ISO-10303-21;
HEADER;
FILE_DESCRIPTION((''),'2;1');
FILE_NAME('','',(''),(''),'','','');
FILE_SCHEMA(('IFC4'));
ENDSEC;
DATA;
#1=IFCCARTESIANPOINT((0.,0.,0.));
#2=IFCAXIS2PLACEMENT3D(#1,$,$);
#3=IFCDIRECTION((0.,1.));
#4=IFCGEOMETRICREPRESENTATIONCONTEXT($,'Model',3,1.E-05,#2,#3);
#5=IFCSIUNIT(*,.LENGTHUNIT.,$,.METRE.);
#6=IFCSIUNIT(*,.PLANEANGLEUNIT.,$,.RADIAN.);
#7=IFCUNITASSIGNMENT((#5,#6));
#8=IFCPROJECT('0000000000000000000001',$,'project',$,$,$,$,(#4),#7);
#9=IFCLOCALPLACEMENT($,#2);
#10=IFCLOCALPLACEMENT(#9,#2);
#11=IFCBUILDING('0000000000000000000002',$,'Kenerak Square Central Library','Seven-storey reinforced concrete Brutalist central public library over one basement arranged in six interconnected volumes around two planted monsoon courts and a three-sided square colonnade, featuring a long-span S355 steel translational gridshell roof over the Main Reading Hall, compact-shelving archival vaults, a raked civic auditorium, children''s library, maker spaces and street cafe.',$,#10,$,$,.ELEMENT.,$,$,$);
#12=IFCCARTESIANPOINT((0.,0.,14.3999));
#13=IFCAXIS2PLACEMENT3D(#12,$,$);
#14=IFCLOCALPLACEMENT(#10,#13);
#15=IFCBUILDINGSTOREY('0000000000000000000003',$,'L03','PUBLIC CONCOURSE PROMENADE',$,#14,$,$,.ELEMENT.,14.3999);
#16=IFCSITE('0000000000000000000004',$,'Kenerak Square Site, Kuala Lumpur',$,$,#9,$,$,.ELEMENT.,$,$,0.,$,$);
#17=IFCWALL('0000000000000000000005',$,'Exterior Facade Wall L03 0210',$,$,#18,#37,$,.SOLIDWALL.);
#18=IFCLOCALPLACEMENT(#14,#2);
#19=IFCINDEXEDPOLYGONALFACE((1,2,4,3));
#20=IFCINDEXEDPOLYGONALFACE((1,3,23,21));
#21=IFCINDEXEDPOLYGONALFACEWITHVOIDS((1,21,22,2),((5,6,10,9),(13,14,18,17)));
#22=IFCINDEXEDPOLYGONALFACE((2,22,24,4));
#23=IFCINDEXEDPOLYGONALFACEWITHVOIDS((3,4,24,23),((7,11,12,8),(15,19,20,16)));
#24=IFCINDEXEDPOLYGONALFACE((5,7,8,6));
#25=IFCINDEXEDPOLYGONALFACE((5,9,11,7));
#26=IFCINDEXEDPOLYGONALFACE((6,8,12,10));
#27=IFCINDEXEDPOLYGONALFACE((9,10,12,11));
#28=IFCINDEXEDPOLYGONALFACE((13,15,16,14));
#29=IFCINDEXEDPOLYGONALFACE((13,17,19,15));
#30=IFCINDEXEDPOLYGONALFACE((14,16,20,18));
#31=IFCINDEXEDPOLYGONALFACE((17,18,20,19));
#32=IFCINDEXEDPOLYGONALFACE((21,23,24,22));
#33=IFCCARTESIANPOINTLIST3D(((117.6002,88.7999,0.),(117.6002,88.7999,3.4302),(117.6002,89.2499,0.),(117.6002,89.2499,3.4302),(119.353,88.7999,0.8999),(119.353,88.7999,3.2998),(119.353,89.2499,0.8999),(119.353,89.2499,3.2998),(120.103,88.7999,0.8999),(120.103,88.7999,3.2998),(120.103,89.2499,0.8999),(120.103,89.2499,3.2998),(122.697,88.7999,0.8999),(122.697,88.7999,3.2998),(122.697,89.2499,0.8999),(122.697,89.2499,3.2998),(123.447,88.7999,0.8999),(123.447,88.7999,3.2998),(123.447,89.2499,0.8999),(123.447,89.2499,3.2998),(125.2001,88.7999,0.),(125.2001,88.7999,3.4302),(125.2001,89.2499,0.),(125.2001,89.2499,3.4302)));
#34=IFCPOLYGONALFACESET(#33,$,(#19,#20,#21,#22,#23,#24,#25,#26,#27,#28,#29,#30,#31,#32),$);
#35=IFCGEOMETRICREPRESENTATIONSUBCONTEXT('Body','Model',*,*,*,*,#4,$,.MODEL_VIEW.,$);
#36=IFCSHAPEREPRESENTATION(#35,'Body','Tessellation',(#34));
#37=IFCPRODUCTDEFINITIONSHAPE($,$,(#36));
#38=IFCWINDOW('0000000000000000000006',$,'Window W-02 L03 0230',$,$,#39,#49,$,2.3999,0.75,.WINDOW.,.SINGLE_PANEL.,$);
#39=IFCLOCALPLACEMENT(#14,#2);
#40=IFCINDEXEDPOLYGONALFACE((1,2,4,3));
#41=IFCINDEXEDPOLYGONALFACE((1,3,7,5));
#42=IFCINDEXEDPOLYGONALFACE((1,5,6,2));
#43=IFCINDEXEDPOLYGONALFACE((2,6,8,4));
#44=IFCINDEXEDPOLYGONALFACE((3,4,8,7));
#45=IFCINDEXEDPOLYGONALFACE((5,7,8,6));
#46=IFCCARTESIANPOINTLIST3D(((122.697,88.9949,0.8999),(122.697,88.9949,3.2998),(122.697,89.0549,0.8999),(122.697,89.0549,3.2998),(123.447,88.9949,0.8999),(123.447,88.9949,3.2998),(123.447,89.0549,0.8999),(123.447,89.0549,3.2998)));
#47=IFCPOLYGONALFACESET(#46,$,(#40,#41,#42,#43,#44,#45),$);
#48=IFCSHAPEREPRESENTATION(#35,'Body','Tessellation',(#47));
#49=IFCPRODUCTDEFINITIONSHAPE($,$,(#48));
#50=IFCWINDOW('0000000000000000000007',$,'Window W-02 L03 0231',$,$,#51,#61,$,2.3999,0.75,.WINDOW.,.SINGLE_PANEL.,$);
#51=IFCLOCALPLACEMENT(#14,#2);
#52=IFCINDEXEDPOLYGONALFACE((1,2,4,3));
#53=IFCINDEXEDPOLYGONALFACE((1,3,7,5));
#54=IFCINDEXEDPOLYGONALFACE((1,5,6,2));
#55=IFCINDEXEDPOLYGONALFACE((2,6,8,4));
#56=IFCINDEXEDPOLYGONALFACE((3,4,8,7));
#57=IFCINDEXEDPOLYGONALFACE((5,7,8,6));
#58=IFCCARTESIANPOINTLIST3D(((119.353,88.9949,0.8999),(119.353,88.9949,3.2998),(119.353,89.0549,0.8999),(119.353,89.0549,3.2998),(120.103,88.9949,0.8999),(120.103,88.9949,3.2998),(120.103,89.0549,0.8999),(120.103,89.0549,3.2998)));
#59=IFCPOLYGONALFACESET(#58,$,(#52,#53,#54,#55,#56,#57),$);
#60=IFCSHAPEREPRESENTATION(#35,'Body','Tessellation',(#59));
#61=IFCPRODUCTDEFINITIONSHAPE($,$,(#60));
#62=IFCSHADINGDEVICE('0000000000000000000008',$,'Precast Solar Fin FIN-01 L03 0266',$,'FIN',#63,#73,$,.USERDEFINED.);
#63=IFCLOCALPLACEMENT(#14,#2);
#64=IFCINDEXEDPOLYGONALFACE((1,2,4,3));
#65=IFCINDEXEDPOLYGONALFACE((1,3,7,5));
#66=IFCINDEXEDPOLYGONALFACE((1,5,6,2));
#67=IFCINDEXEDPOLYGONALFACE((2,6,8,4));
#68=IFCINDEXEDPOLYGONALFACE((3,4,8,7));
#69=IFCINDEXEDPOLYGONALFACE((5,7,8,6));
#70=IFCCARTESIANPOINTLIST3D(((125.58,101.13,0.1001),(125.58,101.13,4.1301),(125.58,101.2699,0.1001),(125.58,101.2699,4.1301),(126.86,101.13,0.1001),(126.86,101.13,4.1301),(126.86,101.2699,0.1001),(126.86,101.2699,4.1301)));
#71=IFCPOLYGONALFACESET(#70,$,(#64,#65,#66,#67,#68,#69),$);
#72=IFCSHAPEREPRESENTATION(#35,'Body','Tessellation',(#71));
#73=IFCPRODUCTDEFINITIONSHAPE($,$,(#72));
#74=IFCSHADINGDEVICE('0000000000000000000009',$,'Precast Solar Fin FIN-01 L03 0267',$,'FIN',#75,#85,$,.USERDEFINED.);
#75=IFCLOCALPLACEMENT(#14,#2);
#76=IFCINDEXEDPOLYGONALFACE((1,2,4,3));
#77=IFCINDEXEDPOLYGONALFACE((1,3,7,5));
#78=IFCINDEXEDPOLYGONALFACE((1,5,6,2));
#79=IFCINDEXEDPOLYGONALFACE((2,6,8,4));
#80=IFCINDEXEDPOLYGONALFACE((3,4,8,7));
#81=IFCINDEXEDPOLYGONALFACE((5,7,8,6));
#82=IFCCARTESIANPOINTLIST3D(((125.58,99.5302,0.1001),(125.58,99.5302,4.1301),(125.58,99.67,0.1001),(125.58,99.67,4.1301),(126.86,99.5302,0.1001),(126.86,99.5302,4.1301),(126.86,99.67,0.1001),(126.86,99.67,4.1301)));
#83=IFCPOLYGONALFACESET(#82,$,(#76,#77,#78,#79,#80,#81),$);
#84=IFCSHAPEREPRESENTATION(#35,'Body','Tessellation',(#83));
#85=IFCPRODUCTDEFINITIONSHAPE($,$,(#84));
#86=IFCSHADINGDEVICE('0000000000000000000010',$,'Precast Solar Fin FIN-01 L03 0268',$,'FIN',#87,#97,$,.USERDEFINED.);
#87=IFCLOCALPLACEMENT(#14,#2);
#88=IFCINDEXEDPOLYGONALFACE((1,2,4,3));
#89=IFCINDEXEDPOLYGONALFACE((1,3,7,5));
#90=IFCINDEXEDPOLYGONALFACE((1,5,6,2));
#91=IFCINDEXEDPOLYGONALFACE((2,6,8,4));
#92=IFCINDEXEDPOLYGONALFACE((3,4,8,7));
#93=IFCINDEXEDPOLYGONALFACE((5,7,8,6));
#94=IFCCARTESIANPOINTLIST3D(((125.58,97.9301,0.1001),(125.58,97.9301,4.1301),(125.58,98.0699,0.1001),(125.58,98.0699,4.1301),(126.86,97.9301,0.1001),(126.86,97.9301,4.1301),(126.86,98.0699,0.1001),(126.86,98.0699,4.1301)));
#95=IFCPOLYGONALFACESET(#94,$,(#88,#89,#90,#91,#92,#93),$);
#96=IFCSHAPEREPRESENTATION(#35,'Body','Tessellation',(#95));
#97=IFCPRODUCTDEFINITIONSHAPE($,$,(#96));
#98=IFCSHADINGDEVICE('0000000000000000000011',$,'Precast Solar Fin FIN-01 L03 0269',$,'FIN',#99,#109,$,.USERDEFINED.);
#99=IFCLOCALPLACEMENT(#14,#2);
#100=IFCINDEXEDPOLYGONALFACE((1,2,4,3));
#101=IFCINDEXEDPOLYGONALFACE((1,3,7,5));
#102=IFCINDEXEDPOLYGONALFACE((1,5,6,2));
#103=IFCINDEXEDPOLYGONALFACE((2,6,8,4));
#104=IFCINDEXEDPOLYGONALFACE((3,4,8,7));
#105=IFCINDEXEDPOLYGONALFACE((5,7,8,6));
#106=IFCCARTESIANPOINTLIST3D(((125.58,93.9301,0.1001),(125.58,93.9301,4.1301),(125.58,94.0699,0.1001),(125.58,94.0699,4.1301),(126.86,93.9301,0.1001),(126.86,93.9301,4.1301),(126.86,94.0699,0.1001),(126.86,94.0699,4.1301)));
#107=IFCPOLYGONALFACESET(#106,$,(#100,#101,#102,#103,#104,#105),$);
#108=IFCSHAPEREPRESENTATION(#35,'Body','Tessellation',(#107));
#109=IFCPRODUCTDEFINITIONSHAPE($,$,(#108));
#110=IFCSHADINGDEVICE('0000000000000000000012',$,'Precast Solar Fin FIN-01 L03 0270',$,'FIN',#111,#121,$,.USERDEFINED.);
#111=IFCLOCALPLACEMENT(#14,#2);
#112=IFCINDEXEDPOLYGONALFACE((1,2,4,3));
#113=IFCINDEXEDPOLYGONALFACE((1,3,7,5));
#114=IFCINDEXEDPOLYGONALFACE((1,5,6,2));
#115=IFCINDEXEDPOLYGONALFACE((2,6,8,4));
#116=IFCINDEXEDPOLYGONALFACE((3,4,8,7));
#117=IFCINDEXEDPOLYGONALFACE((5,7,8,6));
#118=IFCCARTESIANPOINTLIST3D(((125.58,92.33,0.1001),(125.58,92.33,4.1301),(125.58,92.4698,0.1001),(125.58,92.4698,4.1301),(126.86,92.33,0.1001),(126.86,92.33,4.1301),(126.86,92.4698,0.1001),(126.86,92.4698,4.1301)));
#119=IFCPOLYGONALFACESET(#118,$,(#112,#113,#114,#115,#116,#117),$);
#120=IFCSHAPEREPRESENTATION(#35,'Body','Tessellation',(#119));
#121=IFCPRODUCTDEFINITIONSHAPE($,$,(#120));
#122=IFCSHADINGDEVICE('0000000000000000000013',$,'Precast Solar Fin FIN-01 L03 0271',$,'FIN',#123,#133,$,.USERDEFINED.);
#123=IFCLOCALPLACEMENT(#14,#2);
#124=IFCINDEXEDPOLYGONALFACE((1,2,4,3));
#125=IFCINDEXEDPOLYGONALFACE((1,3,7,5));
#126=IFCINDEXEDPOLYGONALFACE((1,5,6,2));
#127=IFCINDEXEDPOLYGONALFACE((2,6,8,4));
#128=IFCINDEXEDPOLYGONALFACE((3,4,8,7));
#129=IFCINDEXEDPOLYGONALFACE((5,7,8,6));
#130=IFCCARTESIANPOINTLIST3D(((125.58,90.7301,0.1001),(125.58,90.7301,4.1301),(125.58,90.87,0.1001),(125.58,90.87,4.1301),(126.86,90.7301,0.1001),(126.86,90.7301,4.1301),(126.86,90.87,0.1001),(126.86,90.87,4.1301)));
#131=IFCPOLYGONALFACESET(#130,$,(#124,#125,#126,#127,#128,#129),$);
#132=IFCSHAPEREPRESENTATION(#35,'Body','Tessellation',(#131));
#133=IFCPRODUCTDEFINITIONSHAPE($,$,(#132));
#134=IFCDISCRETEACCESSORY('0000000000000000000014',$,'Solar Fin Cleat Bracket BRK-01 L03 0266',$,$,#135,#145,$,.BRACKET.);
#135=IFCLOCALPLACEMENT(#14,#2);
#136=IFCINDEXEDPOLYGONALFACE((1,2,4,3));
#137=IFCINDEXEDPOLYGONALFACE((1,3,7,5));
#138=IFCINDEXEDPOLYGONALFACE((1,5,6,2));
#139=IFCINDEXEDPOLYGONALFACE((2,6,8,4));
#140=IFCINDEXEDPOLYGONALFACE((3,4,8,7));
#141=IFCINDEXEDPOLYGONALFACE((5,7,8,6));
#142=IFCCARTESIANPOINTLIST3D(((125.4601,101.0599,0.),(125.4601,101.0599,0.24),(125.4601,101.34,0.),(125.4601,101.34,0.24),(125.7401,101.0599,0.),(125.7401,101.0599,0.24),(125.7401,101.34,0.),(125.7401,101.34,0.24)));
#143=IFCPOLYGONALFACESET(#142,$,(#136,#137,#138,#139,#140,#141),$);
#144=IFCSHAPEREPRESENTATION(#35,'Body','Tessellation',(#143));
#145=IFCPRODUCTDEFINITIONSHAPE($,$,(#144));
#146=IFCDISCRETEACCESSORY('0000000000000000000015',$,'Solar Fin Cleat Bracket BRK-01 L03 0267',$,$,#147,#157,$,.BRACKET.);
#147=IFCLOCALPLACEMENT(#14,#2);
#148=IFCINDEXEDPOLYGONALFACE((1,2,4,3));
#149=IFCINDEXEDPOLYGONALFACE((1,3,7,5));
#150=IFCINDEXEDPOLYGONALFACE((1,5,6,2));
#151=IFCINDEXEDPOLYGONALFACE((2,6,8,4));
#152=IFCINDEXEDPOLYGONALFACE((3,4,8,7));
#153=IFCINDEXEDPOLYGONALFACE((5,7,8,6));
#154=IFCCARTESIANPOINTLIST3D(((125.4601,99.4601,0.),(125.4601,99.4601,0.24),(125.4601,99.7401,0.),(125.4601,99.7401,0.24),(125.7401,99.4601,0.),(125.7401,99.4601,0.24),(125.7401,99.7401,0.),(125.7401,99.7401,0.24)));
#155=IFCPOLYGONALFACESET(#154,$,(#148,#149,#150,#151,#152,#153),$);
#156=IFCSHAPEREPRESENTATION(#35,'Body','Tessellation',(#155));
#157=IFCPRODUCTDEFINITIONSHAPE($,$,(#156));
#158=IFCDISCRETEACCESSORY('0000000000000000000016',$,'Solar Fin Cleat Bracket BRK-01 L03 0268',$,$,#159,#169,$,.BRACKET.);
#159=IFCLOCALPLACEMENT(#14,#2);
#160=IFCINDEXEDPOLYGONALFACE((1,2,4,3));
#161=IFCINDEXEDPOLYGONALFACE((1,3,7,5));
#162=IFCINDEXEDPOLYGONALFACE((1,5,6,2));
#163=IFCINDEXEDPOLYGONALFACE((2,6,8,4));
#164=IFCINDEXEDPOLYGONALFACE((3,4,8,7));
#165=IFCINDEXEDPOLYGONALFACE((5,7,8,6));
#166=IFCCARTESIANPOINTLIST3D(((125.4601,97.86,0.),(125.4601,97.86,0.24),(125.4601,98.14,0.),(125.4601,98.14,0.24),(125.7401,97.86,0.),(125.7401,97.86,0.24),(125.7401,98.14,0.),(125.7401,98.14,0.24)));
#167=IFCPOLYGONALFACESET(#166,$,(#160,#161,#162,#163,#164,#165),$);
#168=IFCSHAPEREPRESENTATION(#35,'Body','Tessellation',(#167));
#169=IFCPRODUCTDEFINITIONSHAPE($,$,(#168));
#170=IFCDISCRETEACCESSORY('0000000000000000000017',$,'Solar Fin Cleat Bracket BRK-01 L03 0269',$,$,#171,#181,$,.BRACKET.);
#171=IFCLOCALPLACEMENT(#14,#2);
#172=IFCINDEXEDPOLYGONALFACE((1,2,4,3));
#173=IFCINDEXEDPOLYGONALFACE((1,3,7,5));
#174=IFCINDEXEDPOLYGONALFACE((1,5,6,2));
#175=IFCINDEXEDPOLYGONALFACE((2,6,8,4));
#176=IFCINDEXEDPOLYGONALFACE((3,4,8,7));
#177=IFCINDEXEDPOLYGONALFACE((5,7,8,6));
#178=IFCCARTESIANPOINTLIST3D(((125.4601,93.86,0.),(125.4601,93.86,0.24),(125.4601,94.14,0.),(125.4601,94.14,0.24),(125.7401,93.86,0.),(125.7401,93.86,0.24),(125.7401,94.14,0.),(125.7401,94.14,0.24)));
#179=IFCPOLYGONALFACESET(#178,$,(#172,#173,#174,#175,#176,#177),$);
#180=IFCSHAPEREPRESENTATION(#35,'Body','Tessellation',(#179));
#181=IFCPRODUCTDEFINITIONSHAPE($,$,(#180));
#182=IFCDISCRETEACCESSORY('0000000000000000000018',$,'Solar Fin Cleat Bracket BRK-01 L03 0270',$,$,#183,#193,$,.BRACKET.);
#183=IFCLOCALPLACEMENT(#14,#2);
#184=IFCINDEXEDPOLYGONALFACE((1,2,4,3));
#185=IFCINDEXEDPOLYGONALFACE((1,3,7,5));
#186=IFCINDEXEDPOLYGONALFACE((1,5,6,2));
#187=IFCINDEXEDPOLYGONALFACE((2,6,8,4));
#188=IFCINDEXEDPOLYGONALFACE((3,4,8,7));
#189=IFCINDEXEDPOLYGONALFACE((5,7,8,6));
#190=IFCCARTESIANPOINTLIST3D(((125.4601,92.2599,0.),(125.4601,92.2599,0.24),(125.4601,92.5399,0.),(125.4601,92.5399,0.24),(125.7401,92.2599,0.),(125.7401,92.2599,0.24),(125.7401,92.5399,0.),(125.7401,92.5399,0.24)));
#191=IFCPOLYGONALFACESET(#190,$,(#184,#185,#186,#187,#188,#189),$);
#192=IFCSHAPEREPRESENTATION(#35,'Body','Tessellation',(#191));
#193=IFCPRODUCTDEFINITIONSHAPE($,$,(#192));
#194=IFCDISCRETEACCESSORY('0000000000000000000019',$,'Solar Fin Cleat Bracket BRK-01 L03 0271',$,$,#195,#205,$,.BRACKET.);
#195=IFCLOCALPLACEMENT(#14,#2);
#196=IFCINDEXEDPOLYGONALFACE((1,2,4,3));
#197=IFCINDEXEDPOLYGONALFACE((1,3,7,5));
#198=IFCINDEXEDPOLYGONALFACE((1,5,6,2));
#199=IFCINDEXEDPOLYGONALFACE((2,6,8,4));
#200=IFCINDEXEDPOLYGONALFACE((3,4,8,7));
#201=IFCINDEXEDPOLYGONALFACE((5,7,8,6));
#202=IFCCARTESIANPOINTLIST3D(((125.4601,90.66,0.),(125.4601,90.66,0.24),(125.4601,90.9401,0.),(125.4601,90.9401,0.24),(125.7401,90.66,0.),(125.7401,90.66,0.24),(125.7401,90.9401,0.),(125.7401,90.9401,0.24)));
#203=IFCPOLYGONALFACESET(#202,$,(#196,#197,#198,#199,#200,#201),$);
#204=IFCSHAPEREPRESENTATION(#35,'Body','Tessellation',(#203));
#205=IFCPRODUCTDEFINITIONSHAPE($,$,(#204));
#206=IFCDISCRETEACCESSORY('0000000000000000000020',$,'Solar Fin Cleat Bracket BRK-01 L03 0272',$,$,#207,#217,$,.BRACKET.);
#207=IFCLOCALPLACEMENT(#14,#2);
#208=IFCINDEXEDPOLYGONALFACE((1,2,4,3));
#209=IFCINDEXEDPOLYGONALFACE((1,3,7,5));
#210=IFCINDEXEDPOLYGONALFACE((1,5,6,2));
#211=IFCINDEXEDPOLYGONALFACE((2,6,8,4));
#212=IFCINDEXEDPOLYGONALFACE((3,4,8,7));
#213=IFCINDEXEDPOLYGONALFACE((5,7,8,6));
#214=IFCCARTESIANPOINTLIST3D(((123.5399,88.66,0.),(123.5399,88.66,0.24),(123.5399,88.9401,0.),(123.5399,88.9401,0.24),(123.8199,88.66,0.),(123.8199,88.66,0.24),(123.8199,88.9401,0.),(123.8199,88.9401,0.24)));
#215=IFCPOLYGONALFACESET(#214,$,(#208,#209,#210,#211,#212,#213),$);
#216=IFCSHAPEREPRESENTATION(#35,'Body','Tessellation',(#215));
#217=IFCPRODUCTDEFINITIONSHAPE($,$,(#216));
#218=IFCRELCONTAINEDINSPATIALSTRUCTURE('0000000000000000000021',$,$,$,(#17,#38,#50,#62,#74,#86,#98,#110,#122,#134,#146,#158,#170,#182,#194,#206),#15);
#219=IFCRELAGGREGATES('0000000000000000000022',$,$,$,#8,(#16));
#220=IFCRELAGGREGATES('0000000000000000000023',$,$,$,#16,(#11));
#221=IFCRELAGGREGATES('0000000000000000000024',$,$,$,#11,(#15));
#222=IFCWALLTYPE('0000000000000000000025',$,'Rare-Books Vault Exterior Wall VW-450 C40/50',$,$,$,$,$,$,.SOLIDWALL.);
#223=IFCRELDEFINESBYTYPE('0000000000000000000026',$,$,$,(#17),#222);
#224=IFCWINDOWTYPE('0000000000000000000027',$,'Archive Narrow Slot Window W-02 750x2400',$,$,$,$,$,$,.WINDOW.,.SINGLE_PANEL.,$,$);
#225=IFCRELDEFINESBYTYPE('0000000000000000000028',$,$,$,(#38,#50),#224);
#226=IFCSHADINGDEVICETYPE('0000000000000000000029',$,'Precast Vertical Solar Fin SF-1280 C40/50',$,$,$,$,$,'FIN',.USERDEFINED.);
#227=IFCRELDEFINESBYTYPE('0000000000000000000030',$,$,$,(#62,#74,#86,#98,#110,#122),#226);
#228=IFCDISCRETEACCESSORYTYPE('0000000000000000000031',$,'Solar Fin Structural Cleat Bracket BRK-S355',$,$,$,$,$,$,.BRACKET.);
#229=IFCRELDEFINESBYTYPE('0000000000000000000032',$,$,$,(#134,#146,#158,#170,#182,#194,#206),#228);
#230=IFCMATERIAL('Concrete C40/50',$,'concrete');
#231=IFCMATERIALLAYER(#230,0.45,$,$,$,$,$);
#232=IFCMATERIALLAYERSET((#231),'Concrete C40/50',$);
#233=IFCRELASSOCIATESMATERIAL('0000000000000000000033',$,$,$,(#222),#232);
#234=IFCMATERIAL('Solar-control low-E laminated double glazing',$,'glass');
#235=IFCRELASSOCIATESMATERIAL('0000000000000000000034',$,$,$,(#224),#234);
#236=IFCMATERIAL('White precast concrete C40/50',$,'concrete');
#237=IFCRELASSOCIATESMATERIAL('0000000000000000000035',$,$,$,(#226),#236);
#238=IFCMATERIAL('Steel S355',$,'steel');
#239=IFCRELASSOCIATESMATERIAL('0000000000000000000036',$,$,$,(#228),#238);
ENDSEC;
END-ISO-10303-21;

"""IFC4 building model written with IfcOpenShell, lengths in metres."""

from ifc_helpers import new_model, si_unit, direction, frame, frame_2d, origin, origin_2d, place, context, subcontext, project, spatial, rectangle, extrude, material, layer, layer_set, type_object, element, fill, save


model = new_model("IFC4")

# Units and contexts
model_context = context("Model", 3, precision=1e-05, world=origin(), true_north=direction((0.0, 1.0)))
body_context = subcontext(model_context, "Body", "Model", "MODEL_VIEW")
ifc_project = project(units=[si_unit("LENGTHUNIT", "METRE"), si_unit("PLANEANGLEUNIT", "RADIAN")], contexts=[model_context])

# Site, building, storey
site_placement = place(None, origin())
site = spatial("IfcSite", under=ifc_project, at=site_placement, Name="Kenerak Square Site, Kuala Lumpur", CompositionType="ELEMENT", RefElevation=0.0)
building_placement = place(site_placement, origin())
building = spatial("IfcBuilding", under=site, at=building_placement, Name="Kenerak Square Central Library", Description="Seven-storey reinforced concrete Brutalist central public library over one basement arranged in six interconnected volumes around two planted monsoon courts and a three-sided square colonnade, featuring a long-span S355 steel translational gridshell roof over the Main Reading Hall, compact-shelving archival vaults, a raked civic auditorium, children's library, maker spaces and street cafe.", CompositionType="ELEMENT")
storey_placement = place(building_placement, frame((0.0, 0.0, 14.3999)))
storey = spatial("IfcBuildingStorey", under=building, at=storey_placement, Name="L03", Description="PUBLIC CONCOURSE PROMENADE", CompositionType="ELEMENT", Elevation=14.3999)

# Shared definitions
ifc_material_1 = material(Name="Concrete C40/50", Category="concrete")

# Wall, openings, windows
ifc_layer = layer(ifc_material_1, 0.45)
ifc_layer_set = layer_set([ifc_layer], Name="Concrete C40/50")
wall_type = type_object("IfcWallType", Name="Rare-Books Vault Exterior Wall VW-450 C40/50", PredefinedType="SOLIDWALL", material=ifc_layer_set)
ifc_material_2 = material(Name="Solar-control low-E laminated double glazing", Category="glass")
window_type = type_object("IfcWindowType", Name="Archive Narrow Slot Window W-02 750x2400", PartitioningType="SINGLE_PANEL", PredefinedType="WINDOW", material=ifc_material_2)
wall_1_placement = place(storey_placement, frame((125.2, 89.0249, 0.0), z_axis=(0.0, 0.0, 1.0), x_axis=(-1.0, 0.0, 0.0)))
wall_1 = element("IfcWall", 1, at=wall_1_placement, inside=storey, type_object=wall_type, Name="Exterior Facade Wall L03 0210", PredefinedType="SOLIDWALL", context=body_context, shape_type="SweptSolid", body=[
    extrude(rectangle(XDim=7.5999, YDim=0.45, at=frame_2d((3.7998, 0.0))), origin(), (0.0, 0.0, 1.0), 3.4302),
])
opening_1_placement = place(wall_1_placement, frame((1.7529, 0.0, 0.8999)))
opening_1 = element("IfcOpeningElement", 2, at=opening_1_placement, cuts=wall_1, PredefinedType="OPENING", context=body_context, shape_type="SweptSolid", body=[
    extrude(rectangle(XDim=0.75, YDim=2.3999, at=frame_2d((0.375, 1.2))), frame((0.0, 0.2349, 0.0), z_axis=(0.0, -1.0, 0.0), x_axis=(1.0, 0.0, 0.0)), (0.0, 0.0, 1.0), 0.47),
])
opening_2_placement = place(wall_1_placement, frame((5.0969, 0.0, 0.8999)))
opening_2 = element("IfcOpeningElement", 3, at=opening_2_placement, cuts=wall_1, PredefinedType="OPENING", context=body_context, shape_type="SweptSolid", body=[
    extrude(rectangle(XDim=0.75, YDim=2.3999, at=frame_2d((0.375, 1.2))), frame((0.0, 0.2349, 0.0), z_axis=(0.0, -1.0, 0.0), x_axis=(1.0, 0.0, 0.0)), (0.0, 0.0, 1.0), 0.47),
])
window_1_placement = place(opening_1_placement, origin())
window_1 = element("IfcWindow", 4, at=window_1_placement, inside=storey, type_object=window_type, Name="Window W-02 L03 0230", OverallHeight=2.3999, OverallWidth=0.75, PartitioningType="SINGLE_PANEL", PredefinedType="WINDOW", context=body_context, shape_type="SweptSolid", body=[
    extrude(rectangle(XDim=0.75, YDim=2.3999, at=frame_2d((0.375, 1.2))), frame((0.0, 0.03, 0.0), z_axis=(0.0, -1.0, 0.0), x_axis=(1.0, 0.0, 0.0)), (0.0, 0.0, 1.0), 0.0601),
])
fill(opening_1, window_1)
window_2_placement = place(opening_2_placement, origin())
window_2 = element("IfcWindow", 5, at=window_2_placement, inside=storey, type_object=window_type, Name="Window W-02 L03 0231", OverallHeight=2.3999, OverallWidth=0.75, PartitioningType="SINGLE_PANEL", PredefinedType="WINDOW", context=body_context, shape_type="SweptSolid", body=[
    extrude(rectangle(XDim=0.75, YDim=2.3999, at=frame_2d((0.375, 1.2))), frame((0.0, 0.03, 0.0), z_axis=(0.0, -1.0, 0.0), x_axis=(1.0, 0.0, 0.0)), (0.0, 0.0, 1.0), 0.0601),
])
fill(opening_2, window_2)

# Shading devices
ifc_material_3 = material(Name="White precast concrete C40/50", Category="concrete")
shading_device_type = type_object("IfcShadingDeviceType", Name="Precast Vertical Solar Fin SF-1280 C40/50", ElementType="FIN", PredefinedType="USERDEFINED", material=ifc_material_3)
for number, where, z_axis, x_axis, name in (
    (6, (126.22, 101.2, 0.1001), (0.0, 0.0, 1.0), (0.0, -1.0, 0.0), "Precast Solar Fin FIN-01 L03 0266"),
    (7, (126.22, 99.6001, 0.1001), (0.0, 0.0, 1.0), (0.0, -1.0, 0.0), "Precast Solar Fin FIN-01 L03 0267"),
    (8, (126.22, 98.0, 0.1001), (0.0, 0.0, 1.0), (0.0, -1.0, 0.0), "Precast Solar Fin FIN-01 L03 0268"),
    (9, (126.22, 94.0, 0.1001), (0.0, 0.0, 1.0), (0.0, -1.0, 0.0), "Precast Solar Fin FIN-01 L03 0269"),
    (10, (126.22, 92.3999, 0.1001), (0.0, 0.0, 1.0), (0.0, -1.0, 0.0), "Precast Solar Fin FIN-01 L03 0270"),
    (11, (126.22, 90.8, 0.1001), (0.0, 0.0, 1.0), (0.0, -1.0, 0.0), "Precast Solar Fin FIN-01 L03 0271"),
):
    element("IfcShadingDevice", number, at=place(storey_placement, frame(where, z_axis=z_axis, x_axis=x_axis)), inside=storey, type_object=shading_device_type, Name=name, ObjectType="FIN", PredefinedType="USERDEFINED", context=body_context, shape_type="SweptSolid", body=[
        extrude(rectangle(XDim=0.1399, YDim=1.28, at=origin_2d()), origin(), (0.0, 0.0, 1.0), 4.03),
    ])

# Discrete accessories
ifc_material_4 = material(Name="Steel S355", Category="steel")
discrete_accessory_type = type_object("IfcDiscreteAccessoryType", Name="Solar Fin Structural Cleat Bracket BRK-S355", PredefinedType="BRACKET", material=ifc_material_4)
for number, where, z_axis, x_axis, name in (
    (12, (125.6001, 101.2, 0.0), (0.0, 0.0, 1.0), (0.0, -1.0, 0.0), "Solar Fin Cleat Bracket BRK-01 L03 0266"),
    (13, (125.6001, 99.6001, 0.0), (0.0, 0.0, 1.0), (0.0, -1.0, 0.0), "Solar Fin Cleat Bracket BRK-01 L03 0267"),
    (14, (125.6001, 98.0, 0.0), (0.0, 0.0, 1.0), (0.0, -1.0, 0.0), "Solar Fin Cleat Bracket BRK-01 L03 0268"),
    (15, (125.6001, 94.0, 0.0), (0.0, 0.0, 1.0), (0.0, -1.0, 0.0), "Solar Fin Cleat Bracket BRK-01 L03 0269"),
    (16, (125.6001, 92.3999, 0.0), (0.0, 0.0, 1.0), (0.0, -1.0, 0.0), "Solar Fin Cleat Bracket BRK-01 L03 0270"),
    (17, (125.6001, 90.8, 0.0), (0.0, 0.0, 1.0), (0.0, -1.0, 0.0), "Solar Fin Cleat Bracket BRK-01 L03 0271"),
    (18, (123.6799, 88.8, 0.0), (0.0, 0.0, 1.0), (-1.0, 0.0, 0.0), "Solar Fin Cleat Bracket BRK-01 L03 0272"),
):
    element("IfcDiscreteAccessory", number, at=place(storey_placement, frame(where, z_axis=z_axis, x_axis=x_axis)), inside=storey, type_object=discrete_accessory_type, Name=name, PredefinedType="BRACKET", context=body_context, shape_type="SweptSolid", body=[
        extrude(rectangle(XDim=0.28, YDim=0.28, at=origin_2d()), origin(), (0.0, 0.0, 1.0), 0.24),
    ])

save(model, "model.ifc")
